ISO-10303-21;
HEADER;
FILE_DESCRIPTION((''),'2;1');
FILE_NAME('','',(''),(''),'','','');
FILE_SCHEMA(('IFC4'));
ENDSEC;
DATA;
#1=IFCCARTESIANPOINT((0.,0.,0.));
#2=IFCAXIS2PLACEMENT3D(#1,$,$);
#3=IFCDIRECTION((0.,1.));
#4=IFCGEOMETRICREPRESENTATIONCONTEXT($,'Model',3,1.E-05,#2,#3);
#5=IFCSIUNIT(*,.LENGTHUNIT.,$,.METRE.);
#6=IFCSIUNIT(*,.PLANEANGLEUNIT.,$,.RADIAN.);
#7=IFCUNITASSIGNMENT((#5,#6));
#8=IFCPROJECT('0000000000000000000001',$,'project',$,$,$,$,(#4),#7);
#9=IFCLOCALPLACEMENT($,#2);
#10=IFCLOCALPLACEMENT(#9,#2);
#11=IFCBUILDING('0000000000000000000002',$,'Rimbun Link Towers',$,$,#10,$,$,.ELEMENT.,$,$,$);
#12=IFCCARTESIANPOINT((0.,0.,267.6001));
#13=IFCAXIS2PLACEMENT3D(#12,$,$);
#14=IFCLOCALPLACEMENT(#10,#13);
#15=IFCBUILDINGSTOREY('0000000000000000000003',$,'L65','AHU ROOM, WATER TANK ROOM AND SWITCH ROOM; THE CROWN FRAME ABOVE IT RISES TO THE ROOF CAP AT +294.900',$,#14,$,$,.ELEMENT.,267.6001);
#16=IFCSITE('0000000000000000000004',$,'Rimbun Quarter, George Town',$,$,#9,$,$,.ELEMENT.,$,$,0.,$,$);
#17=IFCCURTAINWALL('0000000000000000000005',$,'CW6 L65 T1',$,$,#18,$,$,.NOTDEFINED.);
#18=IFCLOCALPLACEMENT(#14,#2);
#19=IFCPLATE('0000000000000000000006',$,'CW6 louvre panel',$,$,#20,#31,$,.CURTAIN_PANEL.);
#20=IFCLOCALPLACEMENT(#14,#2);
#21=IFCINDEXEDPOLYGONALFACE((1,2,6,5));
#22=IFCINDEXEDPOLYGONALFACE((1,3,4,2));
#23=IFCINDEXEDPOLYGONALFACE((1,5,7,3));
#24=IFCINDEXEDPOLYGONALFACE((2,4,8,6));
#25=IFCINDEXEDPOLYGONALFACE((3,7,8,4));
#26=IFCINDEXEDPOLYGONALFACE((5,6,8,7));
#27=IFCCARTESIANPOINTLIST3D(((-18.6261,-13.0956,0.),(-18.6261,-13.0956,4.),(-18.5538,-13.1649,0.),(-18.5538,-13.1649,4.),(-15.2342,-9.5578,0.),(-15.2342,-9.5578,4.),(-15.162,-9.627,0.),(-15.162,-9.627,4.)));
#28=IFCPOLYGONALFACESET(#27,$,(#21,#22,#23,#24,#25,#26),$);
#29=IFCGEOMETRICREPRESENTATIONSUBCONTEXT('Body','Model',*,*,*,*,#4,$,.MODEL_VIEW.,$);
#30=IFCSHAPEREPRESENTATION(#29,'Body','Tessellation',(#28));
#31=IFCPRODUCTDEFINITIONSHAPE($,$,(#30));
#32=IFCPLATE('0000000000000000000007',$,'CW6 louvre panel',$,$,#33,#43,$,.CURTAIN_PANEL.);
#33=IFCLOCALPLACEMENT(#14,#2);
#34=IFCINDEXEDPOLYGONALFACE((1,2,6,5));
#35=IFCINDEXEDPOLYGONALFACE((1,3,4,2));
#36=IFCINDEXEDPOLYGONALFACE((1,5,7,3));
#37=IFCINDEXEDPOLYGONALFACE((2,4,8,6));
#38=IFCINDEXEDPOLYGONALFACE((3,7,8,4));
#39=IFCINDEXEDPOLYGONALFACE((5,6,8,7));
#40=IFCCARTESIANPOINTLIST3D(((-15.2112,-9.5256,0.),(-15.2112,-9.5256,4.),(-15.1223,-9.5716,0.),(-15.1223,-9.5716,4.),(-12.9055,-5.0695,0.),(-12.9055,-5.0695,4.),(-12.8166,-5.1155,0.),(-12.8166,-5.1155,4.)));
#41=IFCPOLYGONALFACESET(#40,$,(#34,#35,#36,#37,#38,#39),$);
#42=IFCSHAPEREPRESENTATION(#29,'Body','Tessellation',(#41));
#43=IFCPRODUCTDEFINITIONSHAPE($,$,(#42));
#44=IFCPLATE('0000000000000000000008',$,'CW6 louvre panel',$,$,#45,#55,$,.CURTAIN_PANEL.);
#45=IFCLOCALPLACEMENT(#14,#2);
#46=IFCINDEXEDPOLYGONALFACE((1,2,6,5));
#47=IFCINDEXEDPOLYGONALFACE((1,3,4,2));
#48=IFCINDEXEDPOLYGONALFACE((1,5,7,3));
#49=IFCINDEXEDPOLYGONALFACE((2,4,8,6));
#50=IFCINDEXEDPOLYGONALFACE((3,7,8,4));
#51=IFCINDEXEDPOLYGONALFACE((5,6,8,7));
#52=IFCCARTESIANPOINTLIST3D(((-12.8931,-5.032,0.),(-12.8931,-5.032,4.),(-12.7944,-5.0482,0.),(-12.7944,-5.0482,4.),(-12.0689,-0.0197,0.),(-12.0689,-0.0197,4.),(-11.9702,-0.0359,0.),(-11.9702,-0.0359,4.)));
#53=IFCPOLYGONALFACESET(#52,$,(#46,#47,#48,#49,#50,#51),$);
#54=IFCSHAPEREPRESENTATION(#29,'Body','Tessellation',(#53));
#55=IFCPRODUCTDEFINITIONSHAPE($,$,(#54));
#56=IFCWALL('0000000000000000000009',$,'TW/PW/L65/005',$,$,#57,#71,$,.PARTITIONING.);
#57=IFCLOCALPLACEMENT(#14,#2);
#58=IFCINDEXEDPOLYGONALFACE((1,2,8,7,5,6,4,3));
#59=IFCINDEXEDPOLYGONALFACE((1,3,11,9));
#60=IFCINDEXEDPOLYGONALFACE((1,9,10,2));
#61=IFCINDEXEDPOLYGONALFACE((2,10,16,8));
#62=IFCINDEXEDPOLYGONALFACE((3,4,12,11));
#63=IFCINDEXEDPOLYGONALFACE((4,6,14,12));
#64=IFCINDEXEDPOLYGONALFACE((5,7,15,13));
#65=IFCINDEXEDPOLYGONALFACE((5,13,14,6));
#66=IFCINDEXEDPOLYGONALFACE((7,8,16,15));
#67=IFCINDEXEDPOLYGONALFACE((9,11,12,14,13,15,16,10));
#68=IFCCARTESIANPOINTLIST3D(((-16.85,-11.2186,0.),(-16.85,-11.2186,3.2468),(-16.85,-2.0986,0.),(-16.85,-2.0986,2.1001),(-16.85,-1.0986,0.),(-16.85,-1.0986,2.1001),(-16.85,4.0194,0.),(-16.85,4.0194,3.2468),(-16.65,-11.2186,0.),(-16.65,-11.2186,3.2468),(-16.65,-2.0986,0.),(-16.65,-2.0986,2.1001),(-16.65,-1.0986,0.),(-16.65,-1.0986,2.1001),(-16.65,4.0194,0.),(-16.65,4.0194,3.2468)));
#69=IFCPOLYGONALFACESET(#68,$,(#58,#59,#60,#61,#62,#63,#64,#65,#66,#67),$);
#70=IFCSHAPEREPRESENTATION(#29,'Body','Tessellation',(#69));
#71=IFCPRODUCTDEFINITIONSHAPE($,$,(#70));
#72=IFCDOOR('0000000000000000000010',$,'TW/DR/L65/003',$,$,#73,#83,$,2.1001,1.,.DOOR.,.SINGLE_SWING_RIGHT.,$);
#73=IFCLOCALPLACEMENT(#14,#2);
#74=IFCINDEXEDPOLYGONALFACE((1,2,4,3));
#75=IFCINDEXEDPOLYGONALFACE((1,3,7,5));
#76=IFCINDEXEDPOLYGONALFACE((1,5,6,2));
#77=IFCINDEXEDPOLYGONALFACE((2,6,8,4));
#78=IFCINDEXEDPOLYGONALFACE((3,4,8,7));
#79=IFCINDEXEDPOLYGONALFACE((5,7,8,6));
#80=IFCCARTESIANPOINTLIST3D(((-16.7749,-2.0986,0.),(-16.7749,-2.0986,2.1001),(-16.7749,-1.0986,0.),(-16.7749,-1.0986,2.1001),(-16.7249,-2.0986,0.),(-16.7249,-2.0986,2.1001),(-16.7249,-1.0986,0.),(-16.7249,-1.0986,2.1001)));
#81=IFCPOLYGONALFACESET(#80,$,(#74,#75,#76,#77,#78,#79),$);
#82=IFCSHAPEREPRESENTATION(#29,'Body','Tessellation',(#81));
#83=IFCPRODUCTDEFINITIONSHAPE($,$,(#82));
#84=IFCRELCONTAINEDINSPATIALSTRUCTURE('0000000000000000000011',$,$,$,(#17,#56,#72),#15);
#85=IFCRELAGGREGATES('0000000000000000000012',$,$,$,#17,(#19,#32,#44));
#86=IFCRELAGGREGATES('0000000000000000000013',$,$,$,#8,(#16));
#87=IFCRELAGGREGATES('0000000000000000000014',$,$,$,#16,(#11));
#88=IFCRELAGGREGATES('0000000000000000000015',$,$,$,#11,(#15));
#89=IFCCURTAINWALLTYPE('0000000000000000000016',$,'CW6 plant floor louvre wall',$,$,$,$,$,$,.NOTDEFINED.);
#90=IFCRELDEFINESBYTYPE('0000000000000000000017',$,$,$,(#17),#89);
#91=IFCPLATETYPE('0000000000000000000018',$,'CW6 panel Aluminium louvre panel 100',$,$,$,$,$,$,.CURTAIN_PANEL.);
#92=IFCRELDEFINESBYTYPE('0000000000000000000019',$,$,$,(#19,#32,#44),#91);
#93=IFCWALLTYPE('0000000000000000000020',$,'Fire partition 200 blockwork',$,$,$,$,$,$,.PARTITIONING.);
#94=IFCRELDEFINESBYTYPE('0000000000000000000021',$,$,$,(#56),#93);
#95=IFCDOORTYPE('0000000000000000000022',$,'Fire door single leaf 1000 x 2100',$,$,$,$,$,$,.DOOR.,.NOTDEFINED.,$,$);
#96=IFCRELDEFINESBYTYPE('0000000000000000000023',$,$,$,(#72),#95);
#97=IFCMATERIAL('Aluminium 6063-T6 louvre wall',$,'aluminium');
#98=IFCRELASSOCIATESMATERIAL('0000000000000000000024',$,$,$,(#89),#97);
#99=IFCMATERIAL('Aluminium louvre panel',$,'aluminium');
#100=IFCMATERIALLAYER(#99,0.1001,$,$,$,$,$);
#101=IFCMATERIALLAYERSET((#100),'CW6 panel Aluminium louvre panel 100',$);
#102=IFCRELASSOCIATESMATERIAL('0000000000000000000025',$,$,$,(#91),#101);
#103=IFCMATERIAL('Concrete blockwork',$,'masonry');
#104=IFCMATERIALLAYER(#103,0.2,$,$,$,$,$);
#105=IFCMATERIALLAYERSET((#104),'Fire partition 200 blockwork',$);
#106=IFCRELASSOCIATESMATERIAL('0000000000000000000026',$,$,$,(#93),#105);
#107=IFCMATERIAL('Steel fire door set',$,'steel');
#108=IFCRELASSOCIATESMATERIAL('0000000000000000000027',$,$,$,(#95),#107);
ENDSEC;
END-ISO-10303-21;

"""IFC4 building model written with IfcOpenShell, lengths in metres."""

from ifc_helpers import new_model, si_unit, direction, frame, frame_2d, origin, origin_2d, place, context, subcontext, project, spatial, rectangle, extrude, material, layer, layer_set, type_object, element, fill, aggregate, save


model = new_model("IFC4")

# Units and contexts
model_context = context("Model", 3, precision=1e-05, world=origin(), true_north=direction((0.0, 1.0)))
body_context = subcontext(model_context, "Body", "Model", "MODEL_VIEW")
ifc_project = project(units=[si_unit("LENGTHUNIT", "METRE"), si_unit("PLANEANGLEUNIT", "RADIAN")], contexts=[model_context])

# Site, building, storey
site_placement = place(None, origin())
site = spatial("IfcSite", under=ifc_project, at=site_placement, Name="Rimbun Quarter, George Town", CompositionType="ELEMENT", RefElevation=0.0)
building_placement = place(site_placement, origin())
building = spatial("IfcBuilding", under=site, at=building_placement, Name="Rimbun Link Towers", CompositionType="ELEMENT")
storey_placement = place(building_placement, frame((0.0, 0.0, 267.6001)))
storey = spatial("IfcBuildingStorey", under=building, at=storey_placement, Name="L65", Description="AHU ROOM, WATER TANK ROOM AND SWITCH ROOM; THE CROWN FRAME ABOVE IT RISES TO THE ROOF CAP AT +294.900", CompositionType="ELEMENT", Elevation=267.6001)

# Curtain wall
ifc_material_1 = material(Name="Aluminium 6063-T6 louvre wall", Category="aluminium")
curtain_wall_type = type_object("IfcCurtainWallType", Name="CW6 plant floor louvre wall", PredefinedType="NOTDEFINED", material=ifc_material_1)
curtain_wall_placement = place(storey_placement, origin())
curtain_wall = element("IfcCurtainWall", 1, at=curtain_wall_placement, inside=storey, type_object=curtain_wall_type, Name="CW6 L65 T1", PredefinedType="NOTDEFINED")

# Plates
ifc_material_2 = material(Name="Aluminium louvre panel", Category="aluminium")
ifc_layer_1 = layer(ifc_material_2, 0.1001)
ifc_layer_set_1 = layer_set([ifc_layer_1], Name="CW6 panel Aluminium louvre panel 100")
plate_type = type_object("IfcPlateType", Name="CW6 panel Aluminium louvre panel 100", PredefinedType="CURTAIN_PANEL", material=ifc_layer_set_1)
plate_1_placement = place(storey_placement, frame((-16.894, -11.3613, 0.0), z_axis=(0.0, 0.0, 1.0), x_axis=(-0.692054, -0.721845, 0.0)))
plate_1 = element("IfcPlate", 2, at=plate_1_placement, type_object=plate_type, Name="CW6 louvre panel", PredefinedType="CURTAIN_PANEL", context=body_context, shape_type="SweptSolid", body=[
    extrude(rectangle(XDim=4.9011, YDim=0.1001, at=origin_2d()), origin(), (0.0, 0.0, 1.0), 4.0),
])
plate_2_placement = place(storey_placement, frame((-14.0139, -7.3206, 0.0), z_axis=(0.0, 0.0, 1.0), x_axis=(-0.459557, -0.888148, 0.0)))
plate_2 = element("IfcPlate", 3, at=plate_2_placement, type_object=plate_type, Name="CW6 louvre panel", PredefinedType="CURTAIN_PANEL", context=body_context, shape_type="SweptSolid", body=[
    extrude(rectangle(XDim=5.0173, YDim=0.1001, at=origin_2d()), origin(), (0.0, 0.0, 1.0), 4.0),
])
plate_3_placement = place(storey_placement, frame((-12.4316, -2.5339, 0.0), z_axis=(0.0, 0.0, 1.0), x_axis=(-0.162257, -0.986748, 0.0)))
plate_3 = element("IfcPlate", 4, at=plate_3_placement, type_object=plate_type, Name="CW6 louvre panel", PredefinedType="CURTAIN_PANEL", context=body_context, shape_type="SweptSolid", body=[
    extrude(rectangle(XDim=5.0796, YDim=0.1001, at=origin_2d()), origin(), (0.0, 0.0, 1.0), 4.0),
])
aggregate(curtain_wall, [plate_1, plate_2, plate_3])

# Wall, opening, door
ifc_material_3 = material(Name="Concrete blockwork", Category="masonry")
ifc_layer_2 = layer(ifc_material_3, 0.2)
ifc_layer_set_2 = layer_set([ifc_layer_2], Name="Fire partition 200 blockwork")
wall_type = type_object("IfcWallType", Name="Fire partition 200 blockwork", PredefinedType="PARTITIONING", material=ifc_layer_set_2)
wall_placement = place(storey_placement, frame((-16.75, -11.2188, 0.0), z_axis=(0.0, 0.0, 1.0), x_axis=(0.0, 1.0, 0.0)))
wall = element("IfcWall", 5, at=wall_placement, inside=storey, type_object=wall_type, Name="TW/PW/L65/005", PredefinedType="PARTITIONING", context=body_context, shape_type="SweptSolid", body=[
    extrude(rectangle(XDim=15.238, YDim=0.2, at=frame_2d((7.6191, 0.0))), origin(), (0.0, 0.0, 1.0), 3.2468),
])
opening_placement = place(wall_placement, frame((9.1201, 0.0, 0.0)))
opening = element("IfcOpeningElement", 6, at=opening_placement, cuts=wall, PredefinedType="OPENING", context=body_context, shape_type="SweptSolid", body=[
    extrude(rectangle(XDim=1.0, YDim=2.1001, at=frame_2d((0.5, 1.05))), frame((0.0, 0.1099, 0.0), z_axis=(0.0, -1.0, 0.0), x_axis=(1.0, 0.0, 0.0)), (0.0, 0.0, 1.0), 0.22),
])
ifc_material_4 = material(Name="Steel fire door set", Category="steel")
door_type = type_object("IfcDoorType", Name="Fire door single leaf 1000 x 2100", OperationType="NOTDEFINED", PredefinedType="DOOR", material=ifc_material_4)
door_placement = place(opening_placement, origin())
door = element("IfcDoor", 7, at=door_placement, inside=storey, type_object=door_type, Name="TW/DR/L65/003", OperationType="SINGLE_SWING_RIGHT", OverallHeight=2.1001, OverallWidth=1.0, PredefinedType="DOOR", context=body_context, shape_type="SweptSolid", body=[
    extrude(rectangle(XDim=1.0, YDim=2.1001, at=frame_2d((0.5, 1.05))), frame((0.0, 0.0249, 0.0), z_axis=(0.0, -1.0, 0.0), x_axis=(1.0, 0.0, 0.0)), (0.0, 0.0, 1.0), 0.05),
])
fill(opening, door)

save(model, "model.ifc")
